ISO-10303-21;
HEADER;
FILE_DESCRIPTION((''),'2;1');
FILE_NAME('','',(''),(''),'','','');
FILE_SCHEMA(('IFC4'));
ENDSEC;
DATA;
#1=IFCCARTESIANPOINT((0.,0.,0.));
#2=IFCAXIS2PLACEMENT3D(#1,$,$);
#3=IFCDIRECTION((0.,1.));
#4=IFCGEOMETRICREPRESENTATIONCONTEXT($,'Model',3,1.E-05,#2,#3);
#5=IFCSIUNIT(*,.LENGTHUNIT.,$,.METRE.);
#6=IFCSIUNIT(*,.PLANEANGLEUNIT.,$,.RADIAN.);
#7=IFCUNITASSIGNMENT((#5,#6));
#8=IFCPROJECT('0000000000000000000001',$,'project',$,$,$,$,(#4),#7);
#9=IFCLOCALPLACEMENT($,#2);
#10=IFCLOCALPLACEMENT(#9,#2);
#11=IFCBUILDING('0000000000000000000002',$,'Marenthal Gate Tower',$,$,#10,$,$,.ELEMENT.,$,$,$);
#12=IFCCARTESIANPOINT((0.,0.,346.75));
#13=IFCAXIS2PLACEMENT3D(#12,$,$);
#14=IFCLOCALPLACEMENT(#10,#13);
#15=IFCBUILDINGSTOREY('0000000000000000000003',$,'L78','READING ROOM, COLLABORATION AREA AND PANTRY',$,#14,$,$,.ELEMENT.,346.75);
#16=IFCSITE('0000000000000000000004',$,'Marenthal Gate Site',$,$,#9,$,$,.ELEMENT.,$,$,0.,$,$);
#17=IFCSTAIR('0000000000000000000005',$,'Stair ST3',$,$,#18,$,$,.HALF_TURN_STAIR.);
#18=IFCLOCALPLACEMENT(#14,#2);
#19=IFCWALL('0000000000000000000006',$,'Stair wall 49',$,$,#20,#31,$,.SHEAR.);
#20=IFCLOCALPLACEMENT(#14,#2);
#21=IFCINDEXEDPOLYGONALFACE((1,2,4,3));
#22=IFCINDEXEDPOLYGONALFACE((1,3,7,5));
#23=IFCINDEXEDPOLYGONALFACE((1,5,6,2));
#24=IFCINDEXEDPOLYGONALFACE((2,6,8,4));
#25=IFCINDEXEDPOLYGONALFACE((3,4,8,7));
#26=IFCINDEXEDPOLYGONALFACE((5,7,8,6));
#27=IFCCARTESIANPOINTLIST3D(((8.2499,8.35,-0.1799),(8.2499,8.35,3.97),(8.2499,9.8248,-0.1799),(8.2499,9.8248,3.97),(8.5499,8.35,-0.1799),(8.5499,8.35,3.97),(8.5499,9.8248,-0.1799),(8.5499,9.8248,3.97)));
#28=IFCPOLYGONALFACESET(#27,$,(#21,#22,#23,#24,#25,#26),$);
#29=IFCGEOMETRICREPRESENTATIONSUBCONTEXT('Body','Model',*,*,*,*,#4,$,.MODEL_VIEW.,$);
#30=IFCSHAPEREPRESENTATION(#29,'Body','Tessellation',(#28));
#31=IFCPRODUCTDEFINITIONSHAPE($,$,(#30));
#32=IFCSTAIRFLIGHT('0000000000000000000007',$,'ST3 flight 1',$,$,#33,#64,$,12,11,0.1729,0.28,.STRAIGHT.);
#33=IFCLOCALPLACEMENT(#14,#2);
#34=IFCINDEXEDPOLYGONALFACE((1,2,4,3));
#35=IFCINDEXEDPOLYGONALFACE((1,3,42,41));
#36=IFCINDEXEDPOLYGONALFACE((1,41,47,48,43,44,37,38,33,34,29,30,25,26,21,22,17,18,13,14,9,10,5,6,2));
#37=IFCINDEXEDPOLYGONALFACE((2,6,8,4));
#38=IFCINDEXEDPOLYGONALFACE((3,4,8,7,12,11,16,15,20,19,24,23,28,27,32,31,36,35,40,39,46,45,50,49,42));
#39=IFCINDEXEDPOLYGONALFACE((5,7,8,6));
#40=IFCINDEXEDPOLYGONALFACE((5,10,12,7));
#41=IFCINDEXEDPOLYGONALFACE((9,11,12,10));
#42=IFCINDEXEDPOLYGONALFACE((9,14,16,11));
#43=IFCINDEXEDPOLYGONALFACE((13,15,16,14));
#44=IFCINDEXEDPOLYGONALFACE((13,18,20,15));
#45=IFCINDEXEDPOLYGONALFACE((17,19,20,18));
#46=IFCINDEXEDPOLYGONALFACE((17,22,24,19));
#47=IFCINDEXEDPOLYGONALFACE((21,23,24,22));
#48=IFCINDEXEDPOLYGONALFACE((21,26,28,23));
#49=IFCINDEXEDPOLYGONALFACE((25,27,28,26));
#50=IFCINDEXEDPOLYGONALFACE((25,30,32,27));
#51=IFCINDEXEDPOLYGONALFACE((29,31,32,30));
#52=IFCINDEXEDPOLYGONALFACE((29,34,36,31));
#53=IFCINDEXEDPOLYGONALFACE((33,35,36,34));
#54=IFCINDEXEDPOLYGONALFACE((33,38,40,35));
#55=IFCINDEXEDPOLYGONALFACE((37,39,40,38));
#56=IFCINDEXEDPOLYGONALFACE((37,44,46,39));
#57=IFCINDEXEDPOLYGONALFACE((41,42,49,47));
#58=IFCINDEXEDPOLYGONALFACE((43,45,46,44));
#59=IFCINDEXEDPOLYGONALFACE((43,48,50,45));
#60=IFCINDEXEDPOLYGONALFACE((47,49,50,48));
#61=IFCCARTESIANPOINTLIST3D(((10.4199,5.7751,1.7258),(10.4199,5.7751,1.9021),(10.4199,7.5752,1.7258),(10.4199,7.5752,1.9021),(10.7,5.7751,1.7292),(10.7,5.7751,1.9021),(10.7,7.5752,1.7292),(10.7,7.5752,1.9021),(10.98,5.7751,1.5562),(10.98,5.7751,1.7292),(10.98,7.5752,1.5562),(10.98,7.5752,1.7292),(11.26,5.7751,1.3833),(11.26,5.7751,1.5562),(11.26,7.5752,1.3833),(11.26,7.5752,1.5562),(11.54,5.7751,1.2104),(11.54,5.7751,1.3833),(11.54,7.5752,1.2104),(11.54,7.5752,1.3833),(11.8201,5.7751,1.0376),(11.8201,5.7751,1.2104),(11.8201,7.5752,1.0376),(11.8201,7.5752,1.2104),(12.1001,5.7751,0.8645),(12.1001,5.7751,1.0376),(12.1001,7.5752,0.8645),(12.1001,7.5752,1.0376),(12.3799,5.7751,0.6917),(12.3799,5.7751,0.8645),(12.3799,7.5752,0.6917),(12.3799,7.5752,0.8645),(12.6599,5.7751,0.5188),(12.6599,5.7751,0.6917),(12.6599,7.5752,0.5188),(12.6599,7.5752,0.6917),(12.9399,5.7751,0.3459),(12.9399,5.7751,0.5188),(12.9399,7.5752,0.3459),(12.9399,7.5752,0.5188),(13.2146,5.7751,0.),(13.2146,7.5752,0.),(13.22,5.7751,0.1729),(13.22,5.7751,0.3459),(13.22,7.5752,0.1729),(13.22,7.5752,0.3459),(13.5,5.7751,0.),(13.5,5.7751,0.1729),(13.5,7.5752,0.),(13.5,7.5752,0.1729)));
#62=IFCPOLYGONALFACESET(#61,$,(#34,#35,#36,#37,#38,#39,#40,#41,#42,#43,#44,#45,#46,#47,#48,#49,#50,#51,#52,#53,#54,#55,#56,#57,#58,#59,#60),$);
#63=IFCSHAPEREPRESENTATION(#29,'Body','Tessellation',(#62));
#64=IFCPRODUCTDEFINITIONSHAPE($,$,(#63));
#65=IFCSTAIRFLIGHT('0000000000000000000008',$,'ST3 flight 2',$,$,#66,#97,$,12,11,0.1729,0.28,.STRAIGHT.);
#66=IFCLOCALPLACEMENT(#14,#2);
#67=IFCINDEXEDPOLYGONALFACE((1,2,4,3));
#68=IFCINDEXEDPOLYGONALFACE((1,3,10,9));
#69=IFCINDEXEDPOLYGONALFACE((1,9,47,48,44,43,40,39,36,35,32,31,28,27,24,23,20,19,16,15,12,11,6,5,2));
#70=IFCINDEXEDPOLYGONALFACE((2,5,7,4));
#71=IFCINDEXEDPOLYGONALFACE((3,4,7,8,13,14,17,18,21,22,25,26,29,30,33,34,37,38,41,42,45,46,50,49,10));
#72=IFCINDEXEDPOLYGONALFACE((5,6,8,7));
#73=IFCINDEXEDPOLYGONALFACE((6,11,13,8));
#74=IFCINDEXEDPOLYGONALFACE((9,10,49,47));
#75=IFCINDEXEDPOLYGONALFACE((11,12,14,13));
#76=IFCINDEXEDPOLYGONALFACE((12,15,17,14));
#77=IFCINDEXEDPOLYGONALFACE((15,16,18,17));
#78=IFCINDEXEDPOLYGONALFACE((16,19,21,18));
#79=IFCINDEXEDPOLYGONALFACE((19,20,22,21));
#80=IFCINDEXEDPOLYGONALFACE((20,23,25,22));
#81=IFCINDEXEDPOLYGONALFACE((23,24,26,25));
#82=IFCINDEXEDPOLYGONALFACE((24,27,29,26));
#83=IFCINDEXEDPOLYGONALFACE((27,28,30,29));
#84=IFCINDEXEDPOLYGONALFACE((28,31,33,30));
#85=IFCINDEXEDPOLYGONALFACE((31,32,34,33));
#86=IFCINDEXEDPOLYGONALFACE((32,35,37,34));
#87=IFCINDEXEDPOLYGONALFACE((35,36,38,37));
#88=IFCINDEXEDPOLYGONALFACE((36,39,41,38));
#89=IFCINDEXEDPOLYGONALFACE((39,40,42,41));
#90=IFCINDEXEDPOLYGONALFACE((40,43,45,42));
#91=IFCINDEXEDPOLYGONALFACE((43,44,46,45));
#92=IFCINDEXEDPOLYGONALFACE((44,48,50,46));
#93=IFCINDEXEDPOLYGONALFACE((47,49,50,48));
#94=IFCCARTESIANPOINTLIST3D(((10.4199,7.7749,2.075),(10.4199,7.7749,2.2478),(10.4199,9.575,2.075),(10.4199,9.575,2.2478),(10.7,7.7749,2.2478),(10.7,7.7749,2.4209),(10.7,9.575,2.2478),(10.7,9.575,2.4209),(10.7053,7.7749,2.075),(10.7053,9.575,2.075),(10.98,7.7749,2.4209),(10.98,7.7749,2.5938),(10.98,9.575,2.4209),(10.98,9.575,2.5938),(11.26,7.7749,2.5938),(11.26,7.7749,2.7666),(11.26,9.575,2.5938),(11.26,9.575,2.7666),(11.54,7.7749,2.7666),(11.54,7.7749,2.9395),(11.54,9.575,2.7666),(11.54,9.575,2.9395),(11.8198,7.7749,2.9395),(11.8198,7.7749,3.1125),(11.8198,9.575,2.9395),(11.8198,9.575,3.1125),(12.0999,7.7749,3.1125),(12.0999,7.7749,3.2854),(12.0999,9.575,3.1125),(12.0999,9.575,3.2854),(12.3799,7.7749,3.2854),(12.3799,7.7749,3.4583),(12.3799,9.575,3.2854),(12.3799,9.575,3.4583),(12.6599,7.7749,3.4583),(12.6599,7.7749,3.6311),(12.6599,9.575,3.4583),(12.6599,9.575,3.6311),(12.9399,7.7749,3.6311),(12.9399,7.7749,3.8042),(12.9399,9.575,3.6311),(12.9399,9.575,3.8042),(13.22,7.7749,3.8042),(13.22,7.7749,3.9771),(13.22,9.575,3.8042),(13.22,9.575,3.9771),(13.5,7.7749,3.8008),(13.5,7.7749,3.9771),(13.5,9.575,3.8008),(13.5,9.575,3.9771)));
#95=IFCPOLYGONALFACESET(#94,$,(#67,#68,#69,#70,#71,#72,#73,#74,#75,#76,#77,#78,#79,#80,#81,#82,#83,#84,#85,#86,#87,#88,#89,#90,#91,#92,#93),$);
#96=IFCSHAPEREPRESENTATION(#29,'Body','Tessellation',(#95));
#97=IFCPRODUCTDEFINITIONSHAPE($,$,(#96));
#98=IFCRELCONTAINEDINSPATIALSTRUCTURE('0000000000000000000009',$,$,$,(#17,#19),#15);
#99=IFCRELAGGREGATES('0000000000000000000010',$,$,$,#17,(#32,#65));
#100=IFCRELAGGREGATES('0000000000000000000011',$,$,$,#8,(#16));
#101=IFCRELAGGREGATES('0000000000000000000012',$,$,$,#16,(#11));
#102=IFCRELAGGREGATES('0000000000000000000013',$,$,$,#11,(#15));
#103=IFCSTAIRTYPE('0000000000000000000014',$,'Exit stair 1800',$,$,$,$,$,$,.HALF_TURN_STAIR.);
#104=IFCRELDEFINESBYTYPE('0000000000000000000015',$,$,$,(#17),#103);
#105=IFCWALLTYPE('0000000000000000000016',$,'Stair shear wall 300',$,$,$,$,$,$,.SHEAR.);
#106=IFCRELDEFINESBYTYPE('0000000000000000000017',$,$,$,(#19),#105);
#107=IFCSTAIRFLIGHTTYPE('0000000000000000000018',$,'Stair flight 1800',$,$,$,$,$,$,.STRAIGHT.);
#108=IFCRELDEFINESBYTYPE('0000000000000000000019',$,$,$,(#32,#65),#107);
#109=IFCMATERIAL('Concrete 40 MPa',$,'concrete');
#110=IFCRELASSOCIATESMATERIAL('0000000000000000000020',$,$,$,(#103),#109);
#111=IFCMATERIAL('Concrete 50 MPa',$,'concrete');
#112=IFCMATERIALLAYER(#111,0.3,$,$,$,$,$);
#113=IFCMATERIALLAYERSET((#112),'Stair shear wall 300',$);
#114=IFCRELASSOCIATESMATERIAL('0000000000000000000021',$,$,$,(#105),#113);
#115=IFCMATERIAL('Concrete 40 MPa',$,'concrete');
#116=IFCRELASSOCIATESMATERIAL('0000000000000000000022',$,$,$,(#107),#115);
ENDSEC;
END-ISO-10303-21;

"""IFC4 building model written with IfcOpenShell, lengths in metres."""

from ifc_helpers import new_model, si_unit, direction, frame, frame_2d, origin, place, context, subcontext, project, spatial, polyline, rectangle, outline, extrude, material, layer, layer_set, type_object, element, aggregate, save


model = new_model("IFC4")

# Units and contexts
model_context = context("Model", 3, precision=1e-05, world=origin(), true_north=direction((0.0, 1.0)))
body_context = subcontext(model_context, "Body", "Model", "MODEL_VIEW")
ifc_project = project(units=[si_unit("LENGTHUNIT", "METRE"), si_unit("PLANEANGLEUNIT", "RADIAN")], contexts=[model_context])

# Site, building, storey
site_placement = place(None, origin())
site = spatial("IfcSite", under=ifc_project, at=site_placement, Name="Marenthal Gate Site", CompositionType="ELEMENT", RefElevation=0.0)
building_placement = place(site_placement, origin())
building = spatial("IfcBuilding", under=site, at=building_placement, Name="Marenthal Gate Tower", CompositionType="ELEMENT")
storey_placement = place(building_placement, frame((0.0, 0.0, 346.75)))
storey = spatial("IfcBuildingStorey", under=building, at=storey_placement, Name="L78", Description="READING ROOM, COLLABORATION AREA AND PANTRY", CompositionType="ELEMENT", Elevation=346.75)

# Stair
ifc_material_1 = material(Name="Concrete 40 MPa", Category="concrete")
stair_type = type_object("IfcStairType", Name="Exit stair 1800", PredefinedType="HALF_TURN_STAIR", material=ifc_material_1)
stair_placement = place(storey_placement, origin())
stair = element("IfcStair", 1, at=stair_placement, inside=storey, type_object=stair_type, Name="Stair ST3", PredefinedType="HALF_TURN_STAIR")

# Wall
ifc_material_2 = material(Name="Concrete 50 MPa", Category="concrete")
ifc_layer_1 = layer(ifc_material_2, 0.3)
ifc_layer_set_1 = layer_set([ifc_layer_1], Name="Stair shear wall 300")
wall_type_1 = type_object("IfcWallType", Name="Stair shear wall 300", PredefinedType="SHEAR", material=ifc_layer_set_1)
wall_1_placement = place(storey_placement, frame((8.3999, 8.3501, -0.1799), z_axis=(0.0, 0.0, 1.0), x_axis=(0.0, 1.0, 0.0)))
element("IfcWall", 2, at=wall_1_placement, inside=storey, type_object=wall_type_1, Name="Stair wall 49", PredefinedType="SHEAR", context=body_context, shape_type="SweptSolid", body=[
    extrude(rectangle(XDim=1.4749, YDim=0.3, at=frame_2d((0.7373, 0.0))), origin(), (0.0, 0.0, 1.0), 4.1499),
])

# Stair flights
ifc_material_3 = material(Name="Concrete 40 MPa", Category="concrete")
stair_flight_type = type_object("IfcStairFlightType", Name="Stair flight 1800", PredefinedType="STRAIGHT", material=ifc_material_3)
stair_flight_1_placement = place(storey_placement, frame((13.5, 6.675, 0.0), z_axis=(0.0, 0.0, 1.0), x_axis=(-1.0, 0.0, 0.0)))
stair_flight_1 = element("IfcStairFlight", 3, at=stair_flight_1_placement, type_object=stair_flight_type, Name="ST3 flight 1", NumberOfRisers=12, NumberOfTreads=11, PredefinedType="STRAIGHT", RiserHeight=0.1729, TreadLength=0.28, context=body_context, shape_type="SweptSolid", body=[
    extrude(outline(polyline([(0.0, 0.0), (0.0, 0.1729), (0.28, 0.1729), (0.28, 0.3459), (0.5601, 0.3459), (0.5601, 0.5188), (0.8401, 0.5188), (0.8401, 0.6917), (1.1201, 0.6917), (1.1201, 0.8645), (1.3999, 0.8645), (1.3999, 1.0376), (1.6799, 1.0376), (1.6799, 1.2104), (1.96, 1.2104), (1.96, 1.3833), (2.24, 1.3833), (2.24, 1.5562), (2.52, 1.5562), (2.52, 1.7292), (2.8, 1.7292), (2.8, 1.9021), (3.0801, 1.9021), (3.0801, 2.075), (3.0801, 1.7258), (0.2854, 0.0), (0.0, 0.0)])), frame((0.0, 0.8999, 0.0), z_axis=(0.0, -1.0, 0.0), x_axis=(1.0, 0.0, 0.0)), (0.0, 0.0, 1.0), 1.8),
])
stair_flight_2_placement = place(storey_placement, frame((10.4199, 8.675, 2.075), z_axis=(0.0, 0.0, 1.0), x_axis=(1.0, 0.0, 0.0)))
stair_flight_2 = element("IfcStairFlight", 4, at=stair_flight_2_placement, type_object=stair_flight_type, Name="ST3 flight 2", NumberOfRisers=12, NumberOfTreads=11, PredefinedType="STRAIGHT", RiserHeight=0.1729, TreadLength=0.28, context=body_context, shape_type="SweptSolid", body=[
    extrude(outline(polyline([(0.0, 0.0), (0.0, 0.1729), (0.28, 0.1729), (0.28, 0.3459), (0.5601, 0.3459), (0.5601, 0.5188), (0.8401, 0.5188), (0.8401, 0.6917), (1.1201, 0.6917), (1.1201, 0.8645), (1.3999, 0.8645), (1.3999, 1.0376), (1.6799, 1.0376), (1.6799, 1.2104), (1.96, 1.2104), (1.96, 1.3833), (2.24, 1.3833), (2.24, 1.5562), (2.52, 1.5562), (2.52, 1.7292), (2.8, 1.7292), (2.8, 1.9021), (3.0801, 1.9021), (3.0801, 2.075), (3.0801, 1.7258), (0.2854, 0.0), (0.0, 0.0)])), frame((0.0, 0.8999, 0.0), z_axis=(0.0, -1.0, 0.0), x_axis=(1.0, 0.0, 0.0)), (0.0, 0.0, 1.0), 1.8),
])
aggregate(stair, [stair_flight_1, stair_flight_2])

save(model, "model.ifc")
